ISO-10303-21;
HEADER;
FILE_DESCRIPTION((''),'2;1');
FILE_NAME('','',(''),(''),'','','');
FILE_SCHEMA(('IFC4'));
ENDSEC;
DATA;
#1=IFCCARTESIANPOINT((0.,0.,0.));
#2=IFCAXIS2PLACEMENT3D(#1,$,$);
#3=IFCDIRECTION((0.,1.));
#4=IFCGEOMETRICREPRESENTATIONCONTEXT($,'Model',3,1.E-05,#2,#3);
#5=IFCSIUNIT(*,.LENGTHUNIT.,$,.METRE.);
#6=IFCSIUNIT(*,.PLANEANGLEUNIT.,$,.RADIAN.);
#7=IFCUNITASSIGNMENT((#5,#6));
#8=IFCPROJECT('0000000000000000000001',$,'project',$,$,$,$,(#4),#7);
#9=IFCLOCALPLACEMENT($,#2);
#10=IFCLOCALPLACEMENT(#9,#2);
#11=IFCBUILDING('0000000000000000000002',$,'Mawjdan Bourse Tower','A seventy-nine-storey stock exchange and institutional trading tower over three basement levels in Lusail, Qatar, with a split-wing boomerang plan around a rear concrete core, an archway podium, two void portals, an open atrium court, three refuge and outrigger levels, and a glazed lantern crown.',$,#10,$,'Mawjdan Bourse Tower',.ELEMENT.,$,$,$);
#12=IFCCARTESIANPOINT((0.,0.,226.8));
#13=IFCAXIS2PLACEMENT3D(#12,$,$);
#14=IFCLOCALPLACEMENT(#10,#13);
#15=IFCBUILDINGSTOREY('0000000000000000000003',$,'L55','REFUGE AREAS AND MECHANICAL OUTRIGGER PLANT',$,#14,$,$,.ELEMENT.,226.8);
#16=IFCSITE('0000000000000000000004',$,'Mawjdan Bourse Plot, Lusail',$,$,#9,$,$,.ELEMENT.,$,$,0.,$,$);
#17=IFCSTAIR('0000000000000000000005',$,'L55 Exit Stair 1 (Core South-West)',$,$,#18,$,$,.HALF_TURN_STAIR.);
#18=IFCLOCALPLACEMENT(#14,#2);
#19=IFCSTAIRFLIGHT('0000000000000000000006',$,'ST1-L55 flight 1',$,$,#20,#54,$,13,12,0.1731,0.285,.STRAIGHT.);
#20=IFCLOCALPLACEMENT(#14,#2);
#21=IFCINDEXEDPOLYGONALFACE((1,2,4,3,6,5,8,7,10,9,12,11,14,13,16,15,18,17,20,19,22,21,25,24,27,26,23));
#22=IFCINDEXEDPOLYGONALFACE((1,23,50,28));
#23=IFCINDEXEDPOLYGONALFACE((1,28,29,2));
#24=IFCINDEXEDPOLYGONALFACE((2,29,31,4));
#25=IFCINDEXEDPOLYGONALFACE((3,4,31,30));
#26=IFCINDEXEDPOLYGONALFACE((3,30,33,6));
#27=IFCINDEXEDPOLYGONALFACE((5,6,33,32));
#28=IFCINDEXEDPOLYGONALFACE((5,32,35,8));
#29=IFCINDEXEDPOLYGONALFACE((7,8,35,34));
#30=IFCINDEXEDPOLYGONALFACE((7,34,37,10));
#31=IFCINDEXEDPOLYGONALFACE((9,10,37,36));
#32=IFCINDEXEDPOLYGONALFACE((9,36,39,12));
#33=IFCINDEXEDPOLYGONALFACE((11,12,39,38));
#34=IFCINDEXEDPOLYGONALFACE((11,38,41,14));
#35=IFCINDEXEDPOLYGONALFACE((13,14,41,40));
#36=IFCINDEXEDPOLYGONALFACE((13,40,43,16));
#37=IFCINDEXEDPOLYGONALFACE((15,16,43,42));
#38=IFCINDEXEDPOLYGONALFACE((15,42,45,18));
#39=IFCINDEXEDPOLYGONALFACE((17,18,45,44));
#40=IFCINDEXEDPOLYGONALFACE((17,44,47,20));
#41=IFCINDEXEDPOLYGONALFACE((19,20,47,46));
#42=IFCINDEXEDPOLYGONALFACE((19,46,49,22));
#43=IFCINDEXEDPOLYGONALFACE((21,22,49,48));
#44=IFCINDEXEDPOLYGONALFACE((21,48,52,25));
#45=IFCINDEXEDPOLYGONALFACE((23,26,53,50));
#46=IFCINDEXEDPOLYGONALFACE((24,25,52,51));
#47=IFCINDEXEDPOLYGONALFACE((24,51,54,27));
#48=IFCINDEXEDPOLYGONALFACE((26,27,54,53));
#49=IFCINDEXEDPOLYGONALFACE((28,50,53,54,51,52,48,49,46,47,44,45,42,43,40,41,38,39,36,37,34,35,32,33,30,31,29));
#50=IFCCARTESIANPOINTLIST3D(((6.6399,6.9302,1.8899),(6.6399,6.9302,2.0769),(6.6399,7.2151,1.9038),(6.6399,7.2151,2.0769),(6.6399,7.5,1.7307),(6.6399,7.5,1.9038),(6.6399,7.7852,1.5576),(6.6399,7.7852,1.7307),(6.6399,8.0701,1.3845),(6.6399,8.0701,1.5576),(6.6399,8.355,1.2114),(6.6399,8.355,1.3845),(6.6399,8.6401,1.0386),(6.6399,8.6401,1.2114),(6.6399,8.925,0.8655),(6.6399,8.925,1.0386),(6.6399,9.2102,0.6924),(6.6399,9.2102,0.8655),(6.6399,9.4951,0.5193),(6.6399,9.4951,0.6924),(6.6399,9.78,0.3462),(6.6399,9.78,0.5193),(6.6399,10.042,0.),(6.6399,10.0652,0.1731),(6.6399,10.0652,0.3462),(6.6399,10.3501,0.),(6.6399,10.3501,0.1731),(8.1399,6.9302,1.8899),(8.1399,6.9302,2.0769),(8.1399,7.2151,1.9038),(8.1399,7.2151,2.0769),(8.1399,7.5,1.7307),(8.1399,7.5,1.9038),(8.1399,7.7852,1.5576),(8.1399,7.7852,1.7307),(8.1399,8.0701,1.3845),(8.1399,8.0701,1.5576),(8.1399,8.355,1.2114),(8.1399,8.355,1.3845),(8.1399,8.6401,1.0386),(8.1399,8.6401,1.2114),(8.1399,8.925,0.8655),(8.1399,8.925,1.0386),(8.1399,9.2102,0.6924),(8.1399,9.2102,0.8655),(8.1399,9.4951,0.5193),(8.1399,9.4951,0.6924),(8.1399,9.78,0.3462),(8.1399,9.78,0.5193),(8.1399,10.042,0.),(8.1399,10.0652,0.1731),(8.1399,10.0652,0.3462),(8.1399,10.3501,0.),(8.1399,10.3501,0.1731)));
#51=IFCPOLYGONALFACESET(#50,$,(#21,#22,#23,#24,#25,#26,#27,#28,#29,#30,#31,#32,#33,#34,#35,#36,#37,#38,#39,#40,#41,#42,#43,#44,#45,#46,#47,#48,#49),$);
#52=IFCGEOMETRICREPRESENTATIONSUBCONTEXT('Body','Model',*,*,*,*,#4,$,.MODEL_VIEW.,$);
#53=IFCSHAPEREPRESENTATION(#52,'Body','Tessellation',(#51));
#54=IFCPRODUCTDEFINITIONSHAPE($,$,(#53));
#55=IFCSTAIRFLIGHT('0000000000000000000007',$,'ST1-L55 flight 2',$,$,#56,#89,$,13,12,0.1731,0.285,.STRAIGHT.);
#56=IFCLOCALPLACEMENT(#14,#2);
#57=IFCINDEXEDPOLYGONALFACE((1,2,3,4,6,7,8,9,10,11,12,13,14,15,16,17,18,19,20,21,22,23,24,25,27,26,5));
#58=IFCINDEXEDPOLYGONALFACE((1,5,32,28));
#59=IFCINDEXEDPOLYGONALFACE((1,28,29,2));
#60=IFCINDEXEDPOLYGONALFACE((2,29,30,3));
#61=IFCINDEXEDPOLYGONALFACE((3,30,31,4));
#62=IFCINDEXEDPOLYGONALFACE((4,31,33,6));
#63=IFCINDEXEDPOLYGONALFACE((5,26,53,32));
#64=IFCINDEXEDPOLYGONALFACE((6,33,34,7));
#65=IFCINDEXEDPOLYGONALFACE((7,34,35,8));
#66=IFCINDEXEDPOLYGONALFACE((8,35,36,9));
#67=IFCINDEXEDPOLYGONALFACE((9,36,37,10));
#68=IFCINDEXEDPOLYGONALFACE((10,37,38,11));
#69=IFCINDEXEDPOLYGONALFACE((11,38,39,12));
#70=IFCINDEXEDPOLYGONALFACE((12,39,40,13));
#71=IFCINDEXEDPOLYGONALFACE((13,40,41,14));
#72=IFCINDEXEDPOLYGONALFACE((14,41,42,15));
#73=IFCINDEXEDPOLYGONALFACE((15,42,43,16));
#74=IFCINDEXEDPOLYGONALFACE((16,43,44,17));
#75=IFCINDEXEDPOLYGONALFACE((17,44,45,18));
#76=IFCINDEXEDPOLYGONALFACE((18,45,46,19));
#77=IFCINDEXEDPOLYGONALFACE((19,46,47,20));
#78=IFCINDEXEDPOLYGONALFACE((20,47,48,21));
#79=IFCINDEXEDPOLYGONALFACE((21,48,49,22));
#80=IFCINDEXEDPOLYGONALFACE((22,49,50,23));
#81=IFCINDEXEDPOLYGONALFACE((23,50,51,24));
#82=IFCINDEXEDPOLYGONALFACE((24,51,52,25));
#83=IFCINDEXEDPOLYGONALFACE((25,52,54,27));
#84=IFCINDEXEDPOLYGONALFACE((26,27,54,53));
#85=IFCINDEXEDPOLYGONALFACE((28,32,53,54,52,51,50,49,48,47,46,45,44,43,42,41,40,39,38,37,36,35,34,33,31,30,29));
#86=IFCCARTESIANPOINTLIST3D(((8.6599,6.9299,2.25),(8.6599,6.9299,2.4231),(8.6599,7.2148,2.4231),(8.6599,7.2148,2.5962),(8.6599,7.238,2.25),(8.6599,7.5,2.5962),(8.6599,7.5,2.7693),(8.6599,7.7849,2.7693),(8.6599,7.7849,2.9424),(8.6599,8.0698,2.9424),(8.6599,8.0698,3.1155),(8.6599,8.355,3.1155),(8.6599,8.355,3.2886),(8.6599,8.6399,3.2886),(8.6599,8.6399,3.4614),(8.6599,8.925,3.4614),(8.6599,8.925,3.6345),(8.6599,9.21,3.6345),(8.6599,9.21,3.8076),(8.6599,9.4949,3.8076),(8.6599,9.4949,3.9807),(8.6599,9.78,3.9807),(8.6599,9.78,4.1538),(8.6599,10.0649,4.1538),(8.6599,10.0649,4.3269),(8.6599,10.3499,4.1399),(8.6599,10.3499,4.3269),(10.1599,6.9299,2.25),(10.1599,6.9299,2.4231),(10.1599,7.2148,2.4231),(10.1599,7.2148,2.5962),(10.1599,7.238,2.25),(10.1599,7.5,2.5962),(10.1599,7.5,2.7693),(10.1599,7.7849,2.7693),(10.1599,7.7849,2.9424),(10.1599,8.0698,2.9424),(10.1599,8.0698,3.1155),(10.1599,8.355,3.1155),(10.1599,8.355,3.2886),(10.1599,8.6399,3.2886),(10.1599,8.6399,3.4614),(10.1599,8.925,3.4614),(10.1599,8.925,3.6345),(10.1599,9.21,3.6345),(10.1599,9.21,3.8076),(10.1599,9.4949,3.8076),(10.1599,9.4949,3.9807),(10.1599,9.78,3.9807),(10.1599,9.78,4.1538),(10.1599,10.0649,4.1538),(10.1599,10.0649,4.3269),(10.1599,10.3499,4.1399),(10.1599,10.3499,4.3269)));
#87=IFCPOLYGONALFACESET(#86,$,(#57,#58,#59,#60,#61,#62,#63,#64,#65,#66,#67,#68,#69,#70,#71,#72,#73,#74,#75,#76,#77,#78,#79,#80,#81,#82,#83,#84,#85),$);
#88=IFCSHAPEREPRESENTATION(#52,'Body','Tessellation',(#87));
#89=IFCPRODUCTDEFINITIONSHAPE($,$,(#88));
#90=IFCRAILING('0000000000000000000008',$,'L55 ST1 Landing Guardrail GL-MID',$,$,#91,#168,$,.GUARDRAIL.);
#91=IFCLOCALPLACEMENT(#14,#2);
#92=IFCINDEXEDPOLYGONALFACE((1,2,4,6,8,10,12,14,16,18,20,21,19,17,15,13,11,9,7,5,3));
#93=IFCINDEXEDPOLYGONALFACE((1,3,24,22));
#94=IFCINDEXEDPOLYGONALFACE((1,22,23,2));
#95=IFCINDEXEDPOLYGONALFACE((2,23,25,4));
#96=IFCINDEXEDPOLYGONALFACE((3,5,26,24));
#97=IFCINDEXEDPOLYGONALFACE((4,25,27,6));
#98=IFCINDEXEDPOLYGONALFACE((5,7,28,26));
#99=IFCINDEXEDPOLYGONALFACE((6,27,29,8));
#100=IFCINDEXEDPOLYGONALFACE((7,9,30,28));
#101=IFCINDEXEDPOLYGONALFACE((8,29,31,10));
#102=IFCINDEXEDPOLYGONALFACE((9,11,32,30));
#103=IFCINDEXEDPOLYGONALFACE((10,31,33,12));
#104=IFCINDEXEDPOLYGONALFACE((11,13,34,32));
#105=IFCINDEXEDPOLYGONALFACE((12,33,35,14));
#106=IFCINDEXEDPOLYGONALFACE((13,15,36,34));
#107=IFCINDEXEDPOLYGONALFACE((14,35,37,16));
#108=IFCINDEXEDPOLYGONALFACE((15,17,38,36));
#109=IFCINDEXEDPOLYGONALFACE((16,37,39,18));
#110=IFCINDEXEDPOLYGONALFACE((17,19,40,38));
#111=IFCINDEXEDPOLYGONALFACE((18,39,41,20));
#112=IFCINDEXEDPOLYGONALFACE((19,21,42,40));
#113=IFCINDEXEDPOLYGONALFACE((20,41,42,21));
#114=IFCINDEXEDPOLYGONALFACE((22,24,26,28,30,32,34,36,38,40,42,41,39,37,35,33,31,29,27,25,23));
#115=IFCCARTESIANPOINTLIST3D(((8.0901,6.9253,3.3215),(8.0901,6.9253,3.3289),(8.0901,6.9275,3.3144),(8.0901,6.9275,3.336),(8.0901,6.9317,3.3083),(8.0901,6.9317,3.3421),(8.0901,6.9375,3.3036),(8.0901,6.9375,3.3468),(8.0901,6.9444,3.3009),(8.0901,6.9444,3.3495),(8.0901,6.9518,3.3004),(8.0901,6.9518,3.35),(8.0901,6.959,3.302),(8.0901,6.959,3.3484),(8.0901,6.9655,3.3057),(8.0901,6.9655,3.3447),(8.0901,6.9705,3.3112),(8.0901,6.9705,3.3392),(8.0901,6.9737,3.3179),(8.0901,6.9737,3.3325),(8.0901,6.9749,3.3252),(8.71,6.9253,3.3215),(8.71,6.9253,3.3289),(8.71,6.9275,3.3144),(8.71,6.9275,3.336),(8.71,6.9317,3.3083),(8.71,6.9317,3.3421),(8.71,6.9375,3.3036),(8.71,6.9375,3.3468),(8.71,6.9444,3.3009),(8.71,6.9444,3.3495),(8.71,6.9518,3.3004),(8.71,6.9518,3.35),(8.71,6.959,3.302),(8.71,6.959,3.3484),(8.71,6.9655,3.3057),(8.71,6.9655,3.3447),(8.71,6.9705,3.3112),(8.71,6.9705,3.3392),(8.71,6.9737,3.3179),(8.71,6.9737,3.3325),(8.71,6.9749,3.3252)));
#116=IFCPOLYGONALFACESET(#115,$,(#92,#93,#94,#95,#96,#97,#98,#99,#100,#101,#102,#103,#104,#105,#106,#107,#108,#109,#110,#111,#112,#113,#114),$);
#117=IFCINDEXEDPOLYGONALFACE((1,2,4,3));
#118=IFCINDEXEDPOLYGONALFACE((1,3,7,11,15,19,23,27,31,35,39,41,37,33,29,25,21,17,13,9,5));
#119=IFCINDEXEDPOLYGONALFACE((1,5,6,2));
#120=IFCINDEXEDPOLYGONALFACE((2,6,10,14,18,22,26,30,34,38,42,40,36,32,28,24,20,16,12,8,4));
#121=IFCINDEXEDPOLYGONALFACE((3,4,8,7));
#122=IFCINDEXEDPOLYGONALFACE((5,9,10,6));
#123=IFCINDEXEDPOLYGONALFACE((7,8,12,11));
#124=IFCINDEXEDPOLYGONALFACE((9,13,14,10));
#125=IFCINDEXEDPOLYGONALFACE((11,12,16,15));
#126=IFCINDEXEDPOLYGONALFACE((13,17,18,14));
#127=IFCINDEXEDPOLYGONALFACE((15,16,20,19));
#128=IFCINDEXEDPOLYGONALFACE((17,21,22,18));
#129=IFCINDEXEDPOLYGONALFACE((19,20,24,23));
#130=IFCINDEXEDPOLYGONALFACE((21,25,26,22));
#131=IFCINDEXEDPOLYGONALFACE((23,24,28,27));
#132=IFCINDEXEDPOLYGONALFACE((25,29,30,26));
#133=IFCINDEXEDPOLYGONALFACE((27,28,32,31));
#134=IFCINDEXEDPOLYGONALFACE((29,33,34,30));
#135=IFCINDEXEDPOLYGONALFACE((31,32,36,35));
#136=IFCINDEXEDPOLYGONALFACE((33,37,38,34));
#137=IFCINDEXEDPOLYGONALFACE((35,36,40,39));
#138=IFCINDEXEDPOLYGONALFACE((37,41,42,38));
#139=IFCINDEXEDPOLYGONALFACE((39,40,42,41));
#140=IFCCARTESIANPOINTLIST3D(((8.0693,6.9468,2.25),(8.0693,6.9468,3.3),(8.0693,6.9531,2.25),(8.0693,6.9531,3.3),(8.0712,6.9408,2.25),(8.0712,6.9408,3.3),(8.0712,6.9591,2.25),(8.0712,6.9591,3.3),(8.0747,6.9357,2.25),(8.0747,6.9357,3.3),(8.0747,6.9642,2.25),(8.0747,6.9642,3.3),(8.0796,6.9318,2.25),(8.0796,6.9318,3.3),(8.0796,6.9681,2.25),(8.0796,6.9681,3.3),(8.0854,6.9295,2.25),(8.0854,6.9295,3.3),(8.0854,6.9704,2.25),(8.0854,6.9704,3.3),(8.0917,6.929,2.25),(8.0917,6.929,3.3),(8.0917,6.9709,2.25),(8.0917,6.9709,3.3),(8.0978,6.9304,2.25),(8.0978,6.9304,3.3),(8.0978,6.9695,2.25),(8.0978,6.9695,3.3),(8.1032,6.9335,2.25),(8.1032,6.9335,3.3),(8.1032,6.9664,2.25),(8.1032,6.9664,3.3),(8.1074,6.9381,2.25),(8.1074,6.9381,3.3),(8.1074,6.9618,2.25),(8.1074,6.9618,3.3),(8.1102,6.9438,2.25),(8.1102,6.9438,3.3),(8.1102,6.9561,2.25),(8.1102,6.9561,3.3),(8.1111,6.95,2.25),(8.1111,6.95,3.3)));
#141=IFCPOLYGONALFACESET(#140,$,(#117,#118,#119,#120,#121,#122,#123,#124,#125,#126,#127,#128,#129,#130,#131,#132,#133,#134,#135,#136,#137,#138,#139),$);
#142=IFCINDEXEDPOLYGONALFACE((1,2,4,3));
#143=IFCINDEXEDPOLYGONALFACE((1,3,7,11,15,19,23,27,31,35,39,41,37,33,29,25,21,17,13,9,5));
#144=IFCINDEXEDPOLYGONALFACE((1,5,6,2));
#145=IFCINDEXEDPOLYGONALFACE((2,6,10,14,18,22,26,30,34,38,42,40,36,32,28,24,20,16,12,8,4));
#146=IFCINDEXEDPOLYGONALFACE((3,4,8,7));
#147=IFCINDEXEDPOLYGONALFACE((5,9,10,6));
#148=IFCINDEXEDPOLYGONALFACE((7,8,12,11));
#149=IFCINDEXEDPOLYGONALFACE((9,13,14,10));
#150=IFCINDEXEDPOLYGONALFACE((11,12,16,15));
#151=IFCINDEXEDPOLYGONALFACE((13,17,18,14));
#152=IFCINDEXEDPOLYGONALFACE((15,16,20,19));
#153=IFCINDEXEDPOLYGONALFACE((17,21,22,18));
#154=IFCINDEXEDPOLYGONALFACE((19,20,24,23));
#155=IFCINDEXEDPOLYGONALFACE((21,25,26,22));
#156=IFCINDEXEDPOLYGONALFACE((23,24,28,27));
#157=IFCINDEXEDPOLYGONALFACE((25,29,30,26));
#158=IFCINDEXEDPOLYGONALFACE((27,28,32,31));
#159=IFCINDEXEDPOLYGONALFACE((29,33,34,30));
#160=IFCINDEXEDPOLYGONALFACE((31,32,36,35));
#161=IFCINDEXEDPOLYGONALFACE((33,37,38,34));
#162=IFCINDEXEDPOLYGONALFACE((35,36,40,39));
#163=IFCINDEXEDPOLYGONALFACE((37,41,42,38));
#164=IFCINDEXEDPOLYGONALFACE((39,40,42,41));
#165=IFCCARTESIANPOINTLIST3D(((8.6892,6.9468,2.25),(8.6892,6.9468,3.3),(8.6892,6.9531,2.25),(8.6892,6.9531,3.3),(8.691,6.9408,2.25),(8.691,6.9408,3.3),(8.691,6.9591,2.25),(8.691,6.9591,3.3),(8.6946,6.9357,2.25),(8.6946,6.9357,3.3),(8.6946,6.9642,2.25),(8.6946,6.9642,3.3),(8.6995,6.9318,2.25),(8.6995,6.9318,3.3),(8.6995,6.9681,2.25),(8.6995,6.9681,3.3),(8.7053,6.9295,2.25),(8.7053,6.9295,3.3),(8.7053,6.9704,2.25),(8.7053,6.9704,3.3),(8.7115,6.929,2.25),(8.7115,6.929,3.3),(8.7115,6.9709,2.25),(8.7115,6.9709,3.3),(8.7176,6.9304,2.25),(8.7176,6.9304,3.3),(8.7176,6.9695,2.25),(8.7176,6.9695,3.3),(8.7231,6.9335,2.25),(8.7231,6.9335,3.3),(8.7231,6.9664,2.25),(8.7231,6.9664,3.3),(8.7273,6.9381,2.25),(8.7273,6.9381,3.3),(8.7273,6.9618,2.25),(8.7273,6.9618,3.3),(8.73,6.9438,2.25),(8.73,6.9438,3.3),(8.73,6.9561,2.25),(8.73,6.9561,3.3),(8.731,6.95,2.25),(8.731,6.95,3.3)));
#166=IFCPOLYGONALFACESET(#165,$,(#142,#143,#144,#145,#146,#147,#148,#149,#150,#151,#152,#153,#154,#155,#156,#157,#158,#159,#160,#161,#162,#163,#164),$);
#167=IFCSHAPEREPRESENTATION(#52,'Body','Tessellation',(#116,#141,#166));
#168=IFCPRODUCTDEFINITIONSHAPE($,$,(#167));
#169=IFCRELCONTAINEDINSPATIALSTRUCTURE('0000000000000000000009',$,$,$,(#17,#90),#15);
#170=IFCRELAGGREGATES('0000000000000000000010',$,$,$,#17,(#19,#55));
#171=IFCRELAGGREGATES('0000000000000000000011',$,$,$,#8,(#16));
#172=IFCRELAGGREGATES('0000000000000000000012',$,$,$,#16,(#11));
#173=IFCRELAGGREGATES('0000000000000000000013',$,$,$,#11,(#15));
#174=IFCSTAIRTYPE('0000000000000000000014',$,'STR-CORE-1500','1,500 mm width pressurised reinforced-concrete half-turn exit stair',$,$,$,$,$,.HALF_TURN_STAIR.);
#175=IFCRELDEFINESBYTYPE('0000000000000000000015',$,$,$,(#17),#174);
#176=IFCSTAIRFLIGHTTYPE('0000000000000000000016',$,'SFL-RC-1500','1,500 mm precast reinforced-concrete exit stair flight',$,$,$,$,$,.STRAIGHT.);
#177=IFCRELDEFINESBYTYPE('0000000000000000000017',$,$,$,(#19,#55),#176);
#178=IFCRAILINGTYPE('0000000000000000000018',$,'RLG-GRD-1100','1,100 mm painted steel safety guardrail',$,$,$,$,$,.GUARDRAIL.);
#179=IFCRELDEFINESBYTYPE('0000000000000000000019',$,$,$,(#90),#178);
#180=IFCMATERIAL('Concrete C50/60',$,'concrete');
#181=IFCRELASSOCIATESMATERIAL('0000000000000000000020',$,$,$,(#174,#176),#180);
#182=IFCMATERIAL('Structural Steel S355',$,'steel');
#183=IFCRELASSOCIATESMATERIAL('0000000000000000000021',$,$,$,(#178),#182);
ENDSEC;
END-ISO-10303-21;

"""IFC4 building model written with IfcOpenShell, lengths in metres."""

from ifc_helpers import new_model, si_unit, direction, frame, origin, origin_2d, place, context, subcontext, project, spatial, polyline, circle, outline, extrude, material, type_object, element, aggregate, save


model = new_model("IFC4")

# Units and contexts
model_context = context("Model", 3, precision=1e-05, world=origin(), true_north=direction((0.0, 1.0)))
body_context = subcontext(model_context, "Body", "Model", "MODEL_VIEW")
ifc_project = project(units=[si_unit("LENGTHUNIT", "METRE"), si_unit("PLANEANGLEUNIT", "RADIAN")], contexts=[model_context])

# Site, building, storey
site_placement = place(None, origin())
site = spatial("IfcSite", under=ifc_project, at=site_placement, Name="Mawjdan Bourse Plot, Lusail", CompositionType="ELEMENT", RefElevation=0.0)
building_placement = place(site_placement, origin())
building = spatial("IfcBuilding", under=site, at=building_placement, Name="Mawjdan Bourse Tower", Description="A seventy-nine-storey stock exchange and institutional trading tower over three basement levels in Lusail, Qatar, with a split-wing boomerang plan around a rear concrete core, an archway podium, two void portals, an open atrium court, three refuge and outrigger levels, and a glazed lantern crown.", LongName="Mawjdan Bourse Tower", CompositionType="ELEMENT")
storey_placement = place(building_placement, frame((0.0, 0.0, 226.8)))
storey = spatial("IfcBuildingStorey", under=building, at=storey_placement, Name="L55", Description="REFUGE AREAS AND MECHANICAL OUTRIGGER PLANT", CompositionType="ELEMENT", Elevation=226.8)

# Shared definitions
ifc_material_1 = material(Name="Structural Steel S355", Category="steel")

# Stair
ifc_material_2 = material(Name="Concrete C50/60", Category="concrete")
stair_type = type_object("IfcStairType", Name="STR-CORE-1500", Description="1,500 mm width pressurised reinforced-concrete half-turn exit stair", PredefinedType="HALF_TURN_STAIR", material=ifc_material_2)
stair_1_placement = place(storey_placement, origin())
stair_1 = element("IfcStair", 1, at=stair_1_placement, inside=storey, type_object=stair_type, Name="L55 Exit Stair 1 (Core South-West)", PredefinedType="HALF_TURN_STAIR")

# Stair flights
stair_flight_type = type_object("IfcStairFlightType", Name="SFL-RC-1500", Description="1,500 mm precast reinforced-concrete exit stair flight", PredefinedType="STRAIGHT", material=ifc_material_2)
stair_flight_1_placement = place(storey_placement, frame((7.3899, 10.3501, 0.0), z_axis=(0.0, 0.0, 1.0), x_axis=(0.0, -1.0, 0.0)))
stair_flight_1 = element("IfcStairFlight", 2, at=stair_flight_1_placement, type_object=stair_flight_type, Name="ST1-L55 flight 1", NumberOfRisers=13, NumberOfTreads=12, PredefinedType="STRAIGHT", RiserHeight=0.1731, TreadLength=0.285, context=body_context, shape_type="SweptSolid", body=[
    extrude(outline(polyline([(0.0, 0.0), (0.0, 0.1731), (0.2849, 0.1731), (0.2849, 0.3462), (0.5701, 0.3462), (0.5701, 0.5193), (0.855, 0.5193), (0.855, 0.6924), (1.1399, 0.6924), (1.1399, 0.8655), (1.425, 0.8655), (1.425, 1.0386), (1.71, 1.0386), (1.71, 1.2114), (1.9951, 1.2114), (1.9951, 1.3845), (2.28, 1.3845), (2.28, 1.5576), (2.5649, 1.5576), (2.5649, 1.7307), (2.8501, 1.7307), (2.8501, 1.9038), (3.135, 1.9038), (3.135, 2.0769), (3.4199, 2.0769), (3.4199, 2.25), (3.4199, 1.8899), (0.3081, 0.0), (0.0, 0.0)])), frame((0.0, 0.75, 0.0), z_axis=(0.0, -1.0, 0.0), x_axis=(1.0, 0.0, 0.0)), (0.0, 0.0, 1.0), 1.5),
])
stair_flight_2_placement = place(storey_placement, frame((9.4099, 6.9299, 2.25), z_axis=(0.0, 0.0, 1.0), x_axis=(0.0, 1.0, 0.0)))
stair_flight_2 = element("IfcStairFlight", 3, at=stair_flight_2_placement, type_object=stair_flight_type, Name="ST1-L55 flight 2", NumberOfRisers=13, NumberOfTreads=12, PredefinedType="STRAIGHT", RiserHeight=0.1731, TreadLength=0.285, context=body_context, shape_type="SweptSolid", body=[
    extrude(outline(polyline([(0.0, 0.0), (0.0, 0.1731), (0.2849, 0.1731), (0.2849, 0.3462), (0.5701, 0.3462), (0.5701, 0.5193), (0.855, 0.5193), (0.855, 0.6924), (1.1399, 0.6924), (1.1399, 0.8655), (1.425, 0.8655), (1.425, 1.0386), (1.71, 1.0386), (1.71, 1.2114), (1.9951, 1.2114), (1.9951, 1.3845), (2.28, 1.3845), (2.28, 1.5576), (2.5649, 1.5576), (2.5649, 1.7307), (2.8501, 1.7307), (2.8501, 1.9038), (3.135, 1.9038), (3.135, 2.0769), (3.4199, 2.0769), (3.4199, 2.25), (3.4199, 1.8899), (0.3081, 0.0), (0.0, 0.0)])), frame((0.0, 0.75, 0.0), z_axis=(0.0, -1.0, 0.0), x_axis=(1.0, 0.0, 0.0)), (0.0, 0.0, 1.0), 1.5),
])
aggregate(stair_1, [stair_flight_1, stair_flight_2])

# Railing
railing_type_1 = type_object("IfcRailingType", Name="RLG-GRD-1100", Description="1,100 mm painted steel safety guardrail", PredefinedType="GUARDRAIL", material=ifc_material_1)
for number, where, name in (
    (4, (8.0901, 6.95, 2.25), "L55 ST1 Landing Guardrail GL-MID"),
):
    element("IfcRailing", number, at=place(storey_placement, frame(where)), inside=storey, type_object=railing_type_1, Name=name, PredefinedType="GUARDRAIL", context=body_context, shape_type="SweptSolid", body=[
        extrude(circle(Radius=0.0249, at=origin_2d()), frame((0.0, 0.0, 1.0752), z_axis=(1.0, 0.0, 0.0), x_axis=(0.0, 1.0, 0.0)), (0.0, 0.0, 1.0), 0.6199),
        extrude(circle(Radius=0.021, at=origin_2d()), origin(), (0.0, 0.0, 1.0), 1.05),
        extrude(circle(Radius=0.021, at=origin_2d()), frame((0.6199, 0.0, 0.0)), (0.0, 0.0, 1.0), 1.05),
    ])

save(model, "model.ifc")
